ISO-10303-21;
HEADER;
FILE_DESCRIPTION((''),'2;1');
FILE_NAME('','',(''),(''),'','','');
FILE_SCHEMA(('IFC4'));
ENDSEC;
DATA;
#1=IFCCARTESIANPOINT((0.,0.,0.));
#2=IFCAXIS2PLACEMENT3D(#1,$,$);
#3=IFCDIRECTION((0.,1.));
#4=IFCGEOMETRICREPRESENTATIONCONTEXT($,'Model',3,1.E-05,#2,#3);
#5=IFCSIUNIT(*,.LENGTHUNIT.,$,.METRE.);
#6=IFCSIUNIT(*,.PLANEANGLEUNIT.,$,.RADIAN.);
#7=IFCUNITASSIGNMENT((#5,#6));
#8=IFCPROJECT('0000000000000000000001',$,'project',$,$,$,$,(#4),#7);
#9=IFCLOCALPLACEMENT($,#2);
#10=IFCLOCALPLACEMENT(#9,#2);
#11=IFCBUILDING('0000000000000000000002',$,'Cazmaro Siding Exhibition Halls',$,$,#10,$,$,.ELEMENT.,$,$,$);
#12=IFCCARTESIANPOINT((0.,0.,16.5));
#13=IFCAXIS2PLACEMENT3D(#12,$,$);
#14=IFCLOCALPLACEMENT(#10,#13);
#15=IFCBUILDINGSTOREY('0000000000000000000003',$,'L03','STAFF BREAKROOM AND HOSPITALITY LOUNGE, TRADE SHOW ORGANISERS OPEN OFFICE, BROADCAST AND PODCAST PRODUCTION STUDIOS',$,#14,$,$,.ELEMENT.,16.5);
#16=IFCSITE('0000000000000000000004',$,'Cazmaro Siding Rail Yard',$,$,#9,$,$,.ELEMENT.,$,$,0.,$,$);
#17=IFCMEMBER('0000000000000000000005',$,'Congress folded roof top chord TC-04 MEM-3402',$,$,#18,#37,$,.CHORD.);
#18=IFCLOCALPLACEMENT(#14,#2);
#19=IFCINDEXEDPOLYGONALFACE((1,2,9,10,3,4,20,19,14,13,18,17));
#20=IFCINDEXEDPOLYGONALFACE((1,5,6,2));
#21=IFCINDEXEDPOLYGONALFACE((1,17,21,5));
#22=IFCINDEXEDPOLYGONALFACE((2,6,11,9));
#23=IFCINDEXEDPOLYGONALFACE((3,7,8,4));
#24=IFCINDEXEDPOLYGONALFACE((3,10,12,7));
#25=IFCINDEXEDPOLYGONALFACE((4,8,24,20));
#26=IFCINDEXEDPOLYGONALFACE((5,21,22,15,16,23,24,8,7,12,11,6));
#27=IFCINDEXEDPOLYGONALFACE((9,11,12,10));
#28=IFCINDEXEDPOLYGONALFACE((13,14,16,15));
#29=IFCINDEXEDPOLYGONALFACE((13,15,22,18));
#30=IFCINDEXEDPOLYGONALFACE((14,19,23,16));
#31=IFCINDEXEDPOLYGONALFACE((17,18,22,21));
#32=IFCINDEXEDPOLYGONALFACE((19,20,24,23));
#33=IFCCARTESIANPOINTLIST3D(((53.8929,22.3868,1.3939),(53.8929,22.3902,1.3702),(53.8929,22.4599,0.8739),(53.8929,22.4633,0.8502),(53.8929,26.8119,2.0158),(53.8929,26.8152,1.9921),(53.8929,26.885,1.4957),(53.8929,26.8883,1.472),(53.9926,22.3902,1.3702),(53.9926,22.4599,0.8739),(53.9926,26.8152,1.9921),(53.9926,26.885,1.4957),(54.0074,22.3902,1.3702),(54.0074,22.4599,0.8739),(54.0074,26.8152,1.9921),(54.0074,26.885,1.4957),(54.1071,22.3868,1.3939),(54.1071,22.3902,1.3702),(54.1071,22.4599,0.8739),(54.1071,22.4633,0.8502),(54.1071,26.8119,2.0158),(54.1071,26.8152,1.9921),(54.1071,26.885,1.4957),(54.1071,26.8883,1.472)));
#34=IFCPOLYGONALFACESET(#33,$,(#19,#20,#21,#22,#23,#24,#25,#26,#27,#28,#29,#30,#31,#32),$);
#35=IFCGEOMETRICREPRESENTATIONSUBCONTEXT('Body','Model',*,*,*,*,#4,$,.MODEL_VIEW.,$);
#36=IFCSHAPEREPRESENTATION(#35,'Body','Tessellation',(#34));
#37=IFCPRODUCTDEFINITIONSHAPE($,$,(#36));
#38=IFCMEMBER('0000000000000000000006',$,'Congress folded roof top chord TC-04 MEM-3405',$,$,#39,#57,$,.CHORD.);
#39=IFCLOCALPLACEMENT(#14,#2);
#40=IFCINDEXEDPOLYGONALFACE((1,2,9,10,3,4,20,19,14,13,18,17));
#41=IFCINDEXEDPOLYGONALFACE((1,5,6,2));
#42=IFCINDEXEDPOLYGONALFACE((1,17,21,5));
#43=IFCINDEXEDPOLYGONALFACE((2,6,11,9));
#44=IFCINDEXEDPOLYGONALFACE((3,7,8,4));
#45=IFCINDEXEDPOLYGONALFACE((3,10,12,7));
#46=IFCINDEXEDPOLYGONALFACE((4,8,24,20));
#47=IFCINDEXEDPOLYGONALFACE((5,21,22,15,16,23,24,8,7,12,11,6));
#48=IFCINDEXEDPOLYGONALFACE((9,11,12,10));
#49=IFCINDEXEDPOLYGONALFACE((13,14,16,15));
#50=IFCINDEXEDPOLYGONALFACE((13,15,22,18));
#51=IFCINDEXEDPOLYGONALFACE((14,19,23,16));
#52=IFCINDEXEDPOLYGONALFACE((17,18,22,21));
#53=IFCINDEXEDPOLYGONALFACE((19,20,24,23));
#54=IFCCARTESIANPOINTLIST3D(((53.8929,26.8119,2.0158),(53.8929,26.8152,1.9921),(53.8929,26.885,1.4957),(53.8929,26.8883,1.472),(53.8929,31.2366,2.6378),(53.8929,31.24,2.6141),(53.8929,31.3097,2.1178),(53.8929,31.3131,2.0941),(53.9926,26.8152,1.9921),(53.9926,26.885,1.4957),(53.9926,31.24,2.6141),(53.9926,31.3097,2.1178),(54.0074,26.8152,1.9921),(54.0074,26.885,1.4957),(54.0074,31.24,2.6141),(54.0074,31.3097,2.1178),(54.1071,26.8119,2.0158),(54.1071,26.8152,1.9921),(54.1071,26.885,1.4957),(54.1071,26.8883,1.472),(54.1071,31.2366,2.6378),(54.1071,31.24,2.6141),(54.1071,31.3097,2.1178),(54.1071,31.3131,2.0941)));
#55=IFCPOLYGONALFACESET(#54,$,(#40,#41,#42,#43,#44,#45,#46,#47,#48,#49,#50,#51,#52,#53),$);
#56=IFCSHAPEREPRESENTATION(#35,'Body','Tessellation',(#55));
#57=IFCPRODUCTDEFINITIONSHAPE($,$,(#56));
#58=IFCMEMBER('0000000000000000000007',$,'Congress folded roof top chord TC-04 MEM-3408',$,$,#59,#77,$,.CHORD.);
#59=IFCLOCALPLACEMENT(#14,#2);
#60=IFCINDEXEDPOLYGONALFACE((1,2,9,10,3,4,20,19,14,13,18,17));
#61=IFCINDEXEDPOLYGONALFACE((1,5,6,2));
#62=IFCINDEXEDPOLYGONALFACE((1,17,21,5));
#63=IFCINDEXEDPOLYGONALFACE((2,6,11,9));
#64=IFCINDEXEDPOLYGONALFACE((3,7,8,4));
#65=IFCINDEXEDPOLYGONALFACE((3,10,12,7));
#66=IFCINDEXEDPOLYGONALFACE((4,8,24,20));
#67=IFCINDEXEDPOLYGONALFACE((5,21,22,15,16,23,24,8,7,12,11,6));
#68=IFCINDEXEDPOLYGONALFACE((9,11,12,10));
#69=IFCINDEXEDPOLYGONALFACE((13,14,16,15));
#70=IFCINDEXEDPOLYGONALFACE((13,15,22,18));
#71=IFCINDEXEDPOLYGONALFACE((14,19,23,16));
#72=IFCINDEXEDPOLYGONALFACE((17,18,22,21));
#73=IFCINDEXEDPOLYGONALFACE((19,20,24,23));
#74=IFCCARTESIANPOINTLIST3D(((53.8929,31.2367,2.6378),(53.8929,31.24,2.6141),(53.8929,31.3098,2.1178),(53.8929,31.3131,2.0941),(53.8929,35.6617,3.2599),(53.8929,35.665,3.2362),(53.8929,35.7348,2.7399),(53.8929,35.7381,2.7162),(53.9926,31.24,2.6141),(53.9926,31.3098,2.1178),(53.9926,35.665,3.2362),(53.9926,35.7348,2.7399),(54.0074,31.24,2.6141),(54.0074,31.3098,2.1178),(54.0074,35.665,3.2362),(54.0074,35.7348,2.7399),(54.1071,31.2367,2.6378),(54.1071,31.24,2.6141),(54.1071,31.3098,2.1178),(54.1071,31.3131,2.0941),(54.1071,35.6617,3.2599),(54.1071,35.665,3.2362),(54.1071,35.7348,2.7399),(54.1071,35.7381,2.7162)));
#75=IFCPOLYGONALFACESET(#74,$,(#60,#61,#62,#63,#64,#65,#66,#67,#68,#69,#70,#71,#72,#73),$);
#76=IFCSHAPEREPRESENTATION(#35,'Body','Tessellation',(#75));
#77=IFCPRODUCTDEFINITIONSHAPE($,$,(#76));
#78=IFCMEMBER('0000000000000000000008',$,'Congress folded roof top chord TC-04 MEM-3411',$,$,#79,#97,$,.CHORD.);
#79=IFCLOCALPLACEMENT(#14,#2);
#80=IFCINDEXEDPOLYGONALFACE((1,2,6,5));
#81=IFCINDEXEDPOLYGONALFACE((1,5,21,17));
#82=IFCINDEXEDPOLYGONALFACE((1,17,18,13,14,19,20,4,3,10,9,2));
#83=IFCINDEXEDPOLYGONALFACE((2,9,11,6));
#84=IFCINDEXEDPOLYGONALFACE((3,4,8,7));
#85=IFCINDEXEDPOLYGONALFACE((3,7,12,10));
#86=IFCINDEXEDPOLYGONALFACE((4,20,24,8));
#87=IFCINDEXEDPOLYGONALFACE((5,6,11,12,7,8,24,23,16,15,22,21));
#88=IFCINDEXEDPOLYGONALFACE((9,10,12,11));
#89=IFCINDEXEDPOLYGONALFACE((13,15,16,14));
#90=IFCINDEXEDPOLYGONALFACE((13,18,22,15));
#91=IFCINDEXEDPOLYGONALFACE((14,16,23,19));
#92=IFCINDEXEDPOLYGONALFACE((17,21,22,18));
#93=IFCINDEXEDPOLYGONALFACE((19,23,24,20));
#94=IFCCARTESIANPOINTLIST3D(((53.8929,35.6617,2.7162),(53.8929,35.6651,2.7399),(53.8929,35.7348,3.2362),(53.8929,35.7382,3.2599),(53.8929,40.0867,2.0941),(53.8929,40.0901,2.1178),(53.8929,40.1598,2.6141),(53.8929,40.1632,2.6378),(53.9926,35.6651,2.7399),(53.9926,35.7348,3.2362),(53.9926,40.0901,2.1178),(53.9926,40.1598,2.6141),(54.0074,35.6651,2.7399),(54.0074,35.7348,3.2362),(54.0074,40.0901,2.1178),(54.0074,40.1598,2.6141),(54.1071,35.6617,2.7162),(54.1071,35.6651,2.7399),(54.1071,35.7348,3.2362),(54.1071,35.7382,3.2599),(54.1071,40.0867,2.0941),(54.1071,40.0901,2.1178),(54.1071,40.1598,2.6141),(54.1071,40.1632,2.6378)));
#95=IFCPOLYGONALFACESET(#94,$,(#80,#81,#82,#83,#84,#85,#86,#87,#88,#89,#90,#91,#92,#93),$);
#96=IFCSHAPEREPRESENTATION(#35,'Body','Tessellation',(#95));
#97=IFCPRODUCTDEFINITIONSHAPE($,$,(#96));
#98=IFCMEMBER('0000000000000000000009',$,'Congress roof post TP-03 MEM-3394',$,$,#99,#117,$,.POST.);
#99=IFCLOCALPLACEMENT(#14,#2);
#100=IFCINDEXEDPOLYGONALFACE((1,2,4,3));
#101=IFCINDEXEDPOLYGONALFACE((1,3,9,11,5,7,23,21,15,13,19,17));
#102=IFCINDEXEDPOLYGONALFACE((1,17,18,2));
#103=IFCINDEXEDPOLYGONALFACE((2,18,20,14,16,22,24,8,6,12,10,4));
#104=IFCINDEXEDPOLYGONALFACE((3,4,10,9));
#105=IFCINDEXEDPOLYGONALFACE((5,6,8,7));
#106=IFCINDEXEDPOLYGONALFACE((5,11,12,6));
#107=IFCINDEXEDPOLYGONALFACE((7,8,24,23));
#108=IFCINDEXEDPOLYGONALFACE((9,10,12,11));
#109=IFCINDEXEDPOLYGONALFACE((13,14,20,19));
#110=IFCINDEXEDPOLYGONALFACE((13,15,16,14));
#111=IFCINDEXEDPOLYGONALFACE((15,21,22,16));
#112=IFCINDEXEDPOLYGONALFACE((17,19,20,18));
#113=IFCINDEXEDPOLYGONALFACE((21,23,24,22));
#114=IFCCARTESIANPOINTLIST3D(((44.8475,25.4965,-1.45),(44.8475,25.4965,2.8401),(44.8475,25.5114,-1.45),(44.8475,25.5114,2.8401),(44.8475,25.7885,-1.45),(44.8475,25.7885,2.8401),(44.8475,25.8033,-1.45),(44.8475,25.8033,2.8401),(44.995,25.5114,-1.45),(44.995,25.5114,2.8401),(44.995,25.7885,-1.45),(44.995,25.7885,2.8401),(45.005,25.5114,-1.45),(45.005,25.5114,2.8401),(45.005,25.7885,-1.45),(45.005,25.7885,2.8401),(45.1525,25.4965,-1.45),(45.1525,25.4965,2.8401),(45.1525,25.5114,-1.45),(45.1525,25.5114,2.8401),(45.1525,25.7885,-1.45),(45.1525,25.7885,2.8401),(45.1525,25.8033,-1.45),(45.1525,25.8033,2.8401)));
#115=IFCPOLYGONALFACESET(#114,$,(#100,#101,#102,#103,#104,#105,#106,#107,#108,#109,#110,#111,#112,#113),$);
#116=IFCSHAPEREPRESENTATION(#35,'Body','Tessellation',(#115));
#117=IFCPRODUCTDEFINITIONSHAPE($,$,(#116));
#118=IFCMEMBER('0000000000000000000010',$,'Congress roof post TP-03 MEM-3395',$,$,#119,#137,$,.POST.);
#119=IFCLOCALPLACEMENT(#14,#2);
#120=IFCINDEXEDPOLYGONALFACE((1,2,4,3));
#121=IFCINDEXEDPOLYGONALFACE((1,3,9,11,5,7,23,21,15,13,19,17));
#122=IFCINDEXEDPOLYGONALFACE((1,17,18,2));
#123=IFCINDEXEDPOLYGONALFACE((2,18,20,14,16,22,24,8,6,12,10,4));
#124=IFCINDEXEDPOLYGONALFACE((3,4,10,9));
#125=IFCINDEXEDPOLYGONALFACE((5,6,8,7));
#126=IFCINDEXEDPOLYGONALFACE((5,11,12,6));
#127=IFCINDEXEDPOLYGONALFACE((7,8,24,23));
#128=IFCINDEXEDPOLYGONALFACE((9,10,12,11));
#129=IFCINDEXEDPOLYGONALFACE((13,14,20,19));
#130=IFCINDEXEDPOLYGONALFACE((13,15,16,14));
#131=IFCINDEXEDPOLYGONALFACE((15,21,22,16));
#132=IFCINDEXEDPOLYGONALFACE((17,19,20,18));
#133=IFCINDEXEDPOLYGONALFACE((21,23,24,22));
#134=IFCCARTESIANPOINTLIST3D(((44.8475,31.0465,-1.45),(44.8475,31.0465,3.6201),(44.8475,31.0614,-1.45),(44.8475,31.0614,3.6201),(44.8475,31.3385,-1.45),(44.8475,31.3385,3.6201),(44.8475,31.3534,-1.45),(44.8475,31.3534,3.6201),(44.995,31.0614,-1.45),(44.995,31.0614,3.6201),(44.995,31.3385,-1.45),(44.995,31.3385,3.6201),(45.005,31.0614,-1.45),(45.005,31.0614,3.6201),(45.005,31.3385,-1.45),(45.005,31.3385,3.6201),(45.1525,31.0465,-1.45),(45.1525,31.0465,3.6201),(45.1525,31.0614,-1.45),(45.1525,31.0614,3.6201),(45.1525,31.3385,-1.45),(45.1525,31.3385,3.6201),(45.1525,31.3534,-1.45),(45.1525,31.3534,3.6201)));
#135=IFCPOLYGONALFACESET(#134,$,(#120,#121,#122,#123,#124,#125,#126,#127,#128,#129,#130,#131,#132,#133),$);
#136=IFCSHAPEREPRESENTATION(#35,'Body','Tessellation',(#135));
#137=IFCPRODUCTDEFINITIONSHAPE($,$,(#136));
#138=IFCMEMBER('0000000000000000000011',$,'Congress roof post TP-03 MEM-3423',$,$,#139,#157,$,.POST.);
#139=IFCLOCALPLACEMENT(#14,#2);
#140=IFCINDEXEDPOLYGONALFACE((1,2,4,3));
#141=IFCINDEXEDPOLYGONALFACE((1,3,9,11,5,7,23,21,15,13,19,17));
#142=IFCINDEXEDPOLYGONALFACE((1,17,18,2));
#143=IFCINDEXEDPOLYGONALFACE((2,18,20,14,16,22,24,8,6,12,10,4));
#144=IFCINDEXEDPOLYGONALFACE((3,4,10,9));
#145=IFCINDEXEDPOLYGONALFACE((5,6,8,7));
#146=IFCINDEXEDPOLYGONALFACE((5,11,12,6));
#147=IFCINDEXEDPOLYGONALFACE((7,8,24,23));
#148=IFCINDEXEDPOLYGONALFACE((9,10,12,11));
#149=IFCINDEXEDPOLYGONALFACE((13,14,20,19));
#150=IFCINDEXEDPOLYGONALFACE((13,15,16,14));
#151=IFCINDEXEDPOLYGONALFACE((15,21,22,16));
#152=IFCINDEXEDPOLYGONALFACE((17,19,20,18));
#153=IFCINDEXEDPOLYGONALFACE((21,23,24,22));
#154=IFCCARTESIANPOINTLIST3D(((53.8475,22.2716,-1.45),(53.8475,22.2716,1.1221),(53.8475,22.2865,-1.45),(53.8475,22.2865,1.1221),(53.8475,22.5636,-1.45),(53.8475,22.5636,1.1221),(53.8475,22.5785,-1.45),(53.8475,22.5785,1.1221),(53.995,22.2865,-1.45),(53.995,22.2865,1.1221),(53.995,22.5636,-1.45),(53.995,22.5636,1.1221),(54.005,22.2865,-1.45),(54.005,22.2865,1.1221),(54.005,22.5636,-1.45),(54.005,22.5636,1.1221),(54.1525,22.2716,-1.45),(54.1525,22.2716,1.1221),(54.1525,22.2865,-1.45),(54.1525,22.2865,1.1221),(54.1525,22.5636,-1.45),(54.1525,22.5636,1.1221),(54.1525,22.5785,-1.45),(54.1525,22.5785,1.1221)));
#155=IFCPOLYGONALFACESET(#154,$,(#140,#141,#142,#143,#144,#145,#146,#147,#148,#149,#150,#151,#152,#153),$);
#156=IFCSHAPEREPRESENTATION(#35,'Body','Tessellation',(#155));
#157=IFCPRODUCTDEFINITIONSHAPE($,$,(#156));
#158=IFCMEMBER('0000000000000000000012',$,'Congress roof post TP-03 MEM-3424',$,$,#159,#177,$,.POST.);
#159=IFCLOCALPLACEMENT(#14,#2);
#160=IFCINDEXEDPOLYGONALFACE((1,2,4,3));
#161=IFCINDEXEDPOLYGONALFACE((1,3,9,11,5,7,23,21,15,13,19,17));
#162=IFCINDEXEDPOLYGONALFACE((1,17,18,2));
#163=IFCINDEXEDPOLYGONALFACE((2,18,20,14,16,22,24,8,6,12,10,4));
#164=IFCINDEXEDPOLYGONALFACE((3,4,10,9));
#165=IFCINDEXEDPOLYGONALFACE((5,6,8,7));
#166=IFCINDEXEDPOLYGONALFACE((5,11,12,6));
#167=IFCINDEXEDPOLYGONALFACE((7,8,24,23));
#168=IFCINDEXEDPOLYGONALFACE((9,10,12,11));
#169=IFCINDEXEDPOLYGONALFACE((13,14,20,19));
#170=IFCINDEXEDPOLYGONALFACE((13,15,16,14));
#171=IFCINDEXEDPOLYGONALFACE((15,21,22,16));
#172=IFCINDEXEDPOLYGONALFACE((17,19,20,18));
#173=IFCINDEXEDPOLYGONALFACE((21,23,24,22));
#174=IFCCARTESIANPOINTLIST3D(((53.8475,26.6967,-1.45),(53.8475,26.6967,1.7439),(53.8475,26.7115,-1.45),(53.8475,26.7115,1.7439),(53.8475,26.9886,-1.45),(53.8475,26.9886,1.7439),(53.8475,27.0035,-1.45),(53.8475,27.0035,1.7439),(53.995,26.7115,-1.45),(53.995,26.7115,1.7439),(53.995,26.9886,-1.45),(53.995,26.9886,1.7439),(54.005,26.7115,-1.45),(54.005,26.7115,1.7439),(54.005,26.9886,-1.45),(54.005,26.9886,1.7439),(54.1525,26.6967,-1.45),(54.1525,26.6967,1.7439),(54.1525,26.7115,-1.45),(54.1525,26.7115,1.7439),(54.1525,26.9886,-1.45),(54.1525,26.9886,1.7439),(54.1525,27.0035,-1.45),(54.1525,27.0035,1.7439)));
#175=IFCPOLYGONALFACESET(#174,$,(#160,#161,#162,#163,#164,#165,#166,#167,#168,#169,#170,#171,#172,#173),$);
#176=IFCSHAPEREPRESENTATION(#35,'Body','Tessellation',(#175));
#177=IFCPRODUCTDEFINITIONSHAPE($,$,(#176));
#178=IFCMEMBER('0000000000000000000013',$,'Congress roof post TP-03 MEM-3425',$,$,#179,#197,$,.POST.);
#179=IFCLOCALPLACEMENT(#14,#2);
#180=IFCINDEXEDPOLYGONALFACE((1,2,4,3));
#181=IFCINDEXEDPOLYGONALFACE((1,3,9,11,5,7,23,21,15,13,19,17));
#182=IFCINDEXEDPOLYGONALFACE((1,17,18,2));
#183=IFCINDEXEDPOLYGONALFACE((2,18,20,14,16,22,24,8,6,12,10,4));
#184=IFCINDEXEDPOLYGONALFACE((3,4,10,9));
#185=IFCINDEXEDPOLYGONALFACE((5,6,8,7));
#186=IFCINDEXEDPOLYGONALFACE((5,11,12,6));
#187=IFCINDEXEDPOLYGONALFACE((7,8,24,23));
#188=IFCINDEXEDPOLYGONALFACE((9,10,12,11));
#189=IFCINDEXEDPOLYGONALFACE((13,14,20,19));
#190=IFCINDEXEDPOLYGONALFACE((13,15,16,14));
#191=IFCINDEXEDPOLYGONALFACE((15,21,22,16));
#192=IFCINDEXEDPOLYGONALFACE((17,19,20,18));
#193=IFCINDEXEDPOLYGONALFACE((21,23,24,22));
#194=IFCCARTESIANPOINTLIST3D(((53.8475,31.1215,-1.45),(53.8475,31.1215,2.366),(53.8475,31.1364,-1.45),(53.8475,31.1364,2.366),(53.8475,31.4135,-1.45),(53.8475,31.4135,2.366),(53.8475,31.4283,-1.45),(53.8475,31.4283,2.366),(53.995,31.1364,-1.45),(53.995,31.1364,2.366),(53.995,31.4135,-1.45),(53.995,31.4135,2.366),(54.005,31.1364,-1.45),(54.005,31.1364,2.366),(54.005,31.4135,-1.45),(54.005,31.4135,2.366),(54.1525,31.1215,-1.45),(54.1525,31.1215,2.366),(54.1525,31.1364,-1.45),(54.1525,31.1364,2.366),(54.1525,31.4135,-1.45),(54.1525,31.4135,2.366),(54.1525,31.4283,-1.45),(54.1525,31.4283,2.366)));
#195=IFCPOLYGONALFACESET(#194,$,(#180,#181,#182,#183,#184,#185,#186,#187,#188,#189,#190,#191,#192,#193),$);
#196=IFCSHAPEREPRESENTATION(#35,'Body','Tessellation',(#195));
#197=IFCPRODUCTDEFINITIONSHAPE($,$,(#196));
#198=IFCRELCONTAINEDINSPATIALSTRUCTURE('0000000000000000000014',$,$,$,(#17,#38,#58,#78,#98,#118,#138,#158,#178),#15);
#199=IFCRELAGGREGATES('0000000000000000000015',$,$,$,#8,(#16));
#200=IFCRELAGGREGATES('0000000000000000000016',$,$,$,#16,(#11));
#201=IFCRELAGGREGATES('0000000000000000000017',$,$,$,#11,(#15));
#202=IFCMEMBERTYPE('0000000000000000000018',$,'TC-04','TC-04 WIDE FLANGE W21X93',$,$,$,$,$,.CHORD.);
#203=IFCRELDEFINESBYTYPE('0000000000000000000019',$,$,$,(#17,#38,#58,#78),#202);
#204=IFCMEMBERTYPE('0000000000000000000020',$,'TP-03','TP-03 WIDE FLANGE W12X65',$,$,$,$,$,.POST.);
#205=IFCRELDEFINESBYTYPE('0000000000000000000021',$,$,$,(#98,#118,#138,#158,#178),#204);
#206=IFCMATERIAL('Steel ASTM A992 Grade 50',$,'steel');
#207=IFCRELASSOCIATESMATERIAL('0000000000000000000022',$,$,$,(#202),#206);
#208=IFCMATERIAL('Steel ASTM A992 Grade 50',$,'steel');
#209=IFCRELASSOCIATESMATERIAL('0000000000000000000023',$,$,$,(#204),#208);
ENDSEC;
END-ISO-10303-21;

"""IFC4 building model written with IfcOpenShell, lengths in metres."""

from ifc_helpers import new_model, si_unit, direction, frame, origin, origin_2d, place, context, subcontext, project, spatial, i_section, extrude, material, material_profile, profile_set, type_object, element, save


model = new_model("IFC4")

# Units and contexts
model_context = context("Model", 3, precision=1e-05, world=origin(), true_north=direction((0.0, 1.0)))
body_context = subcontext(model_context, "Body", "Model", "MODEL_VIEW")
ifc_project = project(units=[si_unit("LENGTHUNIT", "METRE"), si_unit("PLANEANGLEUNIT", "RADIAN")], contexts=[model_context])

# Site, building, storey
site_placement = place(None, origin())
site = spatial("IfcSite", under=ifc_project, at=site_placement, Name="Cazmaro Siding Rail Yard", CompositionType="ELEMENT", RefElevation=0.0)
building_placement = place(site_placement, origin())
building = spatial("IfcBuilding", under=site, at=building_placement, Name="Cazmaro Siding Exhibition Halls", CompositionType="ELEMENT")
storey_placement = place(building_placement, frame((0.0, 0.0, 16.5)))
storey = spatial("IfcBuildingStorey", under=building, at=storey_placement, Name="L03", Description="STAFF BREAKROOM AND HOSPITALITY LOUNGE, TRADE SHOW ORGANISERS OPEN OFFICE, BROADCAST AND PODCAST PRODUCTION STUDIOS", CompositionType="ELEMENT", Elevation=16.5)

# Members
ifc_material_1 = material(Name="Steel ASTM A992 Grade 50", Category="steel")
ifc_material_profile_1 = material_profile(ifc_material_1, i_section(OverallWidth=0.2141, OverallDepth=0.5491, WebThickness=0.0149, FlangeThickness=0.0239, at=origin_2d()), Name="W21X93")
ifc_profile_set_1 = profile_set([ifc_material_profile_1], Name="Steel ASTM A992 Grade 50")
member_type_1 = type_object("IfcMemberType", Name="TC-04", Description="TC-04 WIDE FLANGE W21X93", PredefinedType="CHORD", material=ifc_profile_set_1)
for number, where, z_axis, x_axis, name in (
    (1, (54.0, 22.425, 1.1221), (0.0, 0.99027, 0.139157), (-1.0, 0.0, 0.0), "Congress folded roof top chord TC-04 MEM-3402"),
):
    element("IfcMember", number, at=place(storey_placement, frame(where, z_axis=z_axis, x_axis=x_axis)), inside=storey, type_object=member_type_1, Name=name, PredefinedType="CHORD", context=body_context, shape_type="SweptSolid", body=[
        extrude(i_section(OverallWidth=0.2141, OverallDepth=0.5491, WebThickness=0.0149, FlangeThickness=0.0239, at=origin_2d()), origin(), (0.0, 0.0, 1.0), 4.4685),
    ])
member_1_placement = place(storey_placement, frame((54.0, 26.8501, 1.7439), z_axis=(0.0, 0.990262, 0.139218), x_axis=(-1.0, 0.0, 0.0)))
element("IfcMember", 2, at=member_1_placement, inside=storey, type_object=member_type_1, Name="Congress folded roof top chord TC-04 MEM-3405", PredefinedType="CHORD", context=body_context, shape_type="SweptSolid", body=[
    extrude(i_section(OverallWidth=0.2141, OverallDepth=0.5491, WebThickness=0.0149, FlangeThickness=0.0239, at=origin_2d()), origin(), (0.0, 0.0, 1.0), 4.4683),
])
for number, where, z_axis, x_axis, name in (
    (3, (54.0, 31.2749, 2.366), (0.0, 0.990263, 0.13921), (-1.0, 0.0, 0.0), "Congress folded roof top chord TC-04 MEM-3408"),
    (4, (54.0, 35.7, 2.988), (0.0, 0.990263, -0.13921), (-1.0, 0.0, 0.0), "Congress folded roof top chord TC-04 MEM-3411"),
):
    element("IfcMember", number, at=place(storey_placement, frame(where, z_axis=z_axis, x_axis=x_axis)), inside=storey, type_object=member_type_1, Name=name, PredefinedType="CHORD", context=body_context, shape_type="SweptSolid", body=[
        extrude(i_section(OverallWidth=0.2141, OverallDepth=0.5491, WebThickness=0.0149, FlangeThickness=0.0239, at=origin_2d()), origin(), (0.0, 0.0, 1.0), 4.4685),
    ])
ifc_material_2 = material(Name="Steel ASTM A992 Grade 50", Category="steel")
ifc_material_profile_2 = material_profile(ifc_material_2, i_section(OverallWidth=0.3049, OverallDepth=0.3069, WebThickness=0.01, FlangeThickness=0.0149, at=origin_2d()), Name="W12X65")
ifc_profile_set_2 = profile_set([ifc_material_profile_2], Name="Steel ASTM A992 Grade 50")
member_type_2 = type_object("IfcMemberType", Name="TP-03", Description="TP-03 WIDE FLANGE W12X65", PredefinedType="POST", material=ifc_profile_set_2)
member_2_placement = place(storey_placement, frame((45.0, 25.6499, -1.45), z_axis=(0.0, 0.0, 1.0), x_axis=(1.0, 0.0, 0.0)))
element("IfcMember", 5, at=member_2_placement, inside=storey, type_object=member_type_2, Name="Congress roof post TP-03 MEM-3394", PredefinedType="POST", context=body_context, shape_type="SweptSolid", body=[
    extrude(i_section(OverallWidth=0.3049, OverallDepth=0.3069, WebThickness=0.01, FlangeThickness=0.0149, at=origin_2d()), origin(), (0.0, 0.0, 1.0), 4.29),
])
member_3_placement = place(storey_placement, frame((45.0, 31.2, -1.45), z_axis=(0.0, 0.0, 1.0), x_axis=(1.0, 0.0, 0.0)))
element("IfcMember", 6, at=member_3_placement, inside=storey, type_object=member_type_2, Name="Congress roof post TP-03 MEM-3395", PredefinedType="POST", context=body_context, shape_type="SweptSolid", body=[
    extrude(i_section(OverallWidth=0.3049, OverallDepth=0.3069, WebThickness=0.01, FlangeThickness=0.0149, at=origin_2d()), origin(), (0.0, 0.0, 1.0), 5.0701),
])
member_4_placement = place(storey_placement, frame((54.0, 22.425, -1.45), z_axis=(0.0, 0.0, 1.0), x_axis=(1.0, 0.0, 0.0)))
element("IfcMember", 7, at=member_4_placement, inside=storey, type_object=member_type_2, Name="Congress roof post TP-03 MEM-3423", PredefinedType="POST", context=body_context, shape_type="SweptSolid", body=[
    extrude(i_section(OverallWidth=0.3049, OverallDepth=0.3069, WebThickness=0.01, FlangeThickness=0.0149, at=origin_2d()), origin(), (0.0, 0.0, 1.0), 2.572),
])
member_5_placement = place(storey_placement, frame((54.0, 26.8501, -1.45), z_axis=(0.0, 0.0, 1.0), x_axis=(1.0, 0.0, 0.0)))
element("IfcMember", 8, at=member_5_placement, inside=storey, type_object=member_type_2, Name="Congress roof post TP-03 MEM-3424", PredefinedType="POST", context=body_context, shape_type="SweptSolid", body=[
    extrude(i_section(OverallWidth=0.3049, OverallDepth=0.3069, WebThickness=0.01, FlangeThickness=0.0149, at=origin_2d()), origin(), (0.0, 0.0, 1.0), 3.1938),
])
member_6_placement = place(storey_placement, frame((54.0, 31.2749, -1.45), z_axis=(0.0, 0.0, 1.0), x_axis=(1.0, 0.0, 0.0)))
element("IfcMember", 9, at=member_6_placement, inside=storey, type_object=member_type_2, Name="Congress roof post TP-03 MEM-3425", PredefinedType="POST", context=body_context, shape_type="SweptSolid", body=[
    extrude(i_section(OverallWidth=0.3049, OverallDepth=0.3069, WebThickness=0.01, FlangeThickness=0.0149, at=origin_2d()), origin(), (0.0, 0.0, 1.0), 3.8159),
])

save(model, "model.ifc")
